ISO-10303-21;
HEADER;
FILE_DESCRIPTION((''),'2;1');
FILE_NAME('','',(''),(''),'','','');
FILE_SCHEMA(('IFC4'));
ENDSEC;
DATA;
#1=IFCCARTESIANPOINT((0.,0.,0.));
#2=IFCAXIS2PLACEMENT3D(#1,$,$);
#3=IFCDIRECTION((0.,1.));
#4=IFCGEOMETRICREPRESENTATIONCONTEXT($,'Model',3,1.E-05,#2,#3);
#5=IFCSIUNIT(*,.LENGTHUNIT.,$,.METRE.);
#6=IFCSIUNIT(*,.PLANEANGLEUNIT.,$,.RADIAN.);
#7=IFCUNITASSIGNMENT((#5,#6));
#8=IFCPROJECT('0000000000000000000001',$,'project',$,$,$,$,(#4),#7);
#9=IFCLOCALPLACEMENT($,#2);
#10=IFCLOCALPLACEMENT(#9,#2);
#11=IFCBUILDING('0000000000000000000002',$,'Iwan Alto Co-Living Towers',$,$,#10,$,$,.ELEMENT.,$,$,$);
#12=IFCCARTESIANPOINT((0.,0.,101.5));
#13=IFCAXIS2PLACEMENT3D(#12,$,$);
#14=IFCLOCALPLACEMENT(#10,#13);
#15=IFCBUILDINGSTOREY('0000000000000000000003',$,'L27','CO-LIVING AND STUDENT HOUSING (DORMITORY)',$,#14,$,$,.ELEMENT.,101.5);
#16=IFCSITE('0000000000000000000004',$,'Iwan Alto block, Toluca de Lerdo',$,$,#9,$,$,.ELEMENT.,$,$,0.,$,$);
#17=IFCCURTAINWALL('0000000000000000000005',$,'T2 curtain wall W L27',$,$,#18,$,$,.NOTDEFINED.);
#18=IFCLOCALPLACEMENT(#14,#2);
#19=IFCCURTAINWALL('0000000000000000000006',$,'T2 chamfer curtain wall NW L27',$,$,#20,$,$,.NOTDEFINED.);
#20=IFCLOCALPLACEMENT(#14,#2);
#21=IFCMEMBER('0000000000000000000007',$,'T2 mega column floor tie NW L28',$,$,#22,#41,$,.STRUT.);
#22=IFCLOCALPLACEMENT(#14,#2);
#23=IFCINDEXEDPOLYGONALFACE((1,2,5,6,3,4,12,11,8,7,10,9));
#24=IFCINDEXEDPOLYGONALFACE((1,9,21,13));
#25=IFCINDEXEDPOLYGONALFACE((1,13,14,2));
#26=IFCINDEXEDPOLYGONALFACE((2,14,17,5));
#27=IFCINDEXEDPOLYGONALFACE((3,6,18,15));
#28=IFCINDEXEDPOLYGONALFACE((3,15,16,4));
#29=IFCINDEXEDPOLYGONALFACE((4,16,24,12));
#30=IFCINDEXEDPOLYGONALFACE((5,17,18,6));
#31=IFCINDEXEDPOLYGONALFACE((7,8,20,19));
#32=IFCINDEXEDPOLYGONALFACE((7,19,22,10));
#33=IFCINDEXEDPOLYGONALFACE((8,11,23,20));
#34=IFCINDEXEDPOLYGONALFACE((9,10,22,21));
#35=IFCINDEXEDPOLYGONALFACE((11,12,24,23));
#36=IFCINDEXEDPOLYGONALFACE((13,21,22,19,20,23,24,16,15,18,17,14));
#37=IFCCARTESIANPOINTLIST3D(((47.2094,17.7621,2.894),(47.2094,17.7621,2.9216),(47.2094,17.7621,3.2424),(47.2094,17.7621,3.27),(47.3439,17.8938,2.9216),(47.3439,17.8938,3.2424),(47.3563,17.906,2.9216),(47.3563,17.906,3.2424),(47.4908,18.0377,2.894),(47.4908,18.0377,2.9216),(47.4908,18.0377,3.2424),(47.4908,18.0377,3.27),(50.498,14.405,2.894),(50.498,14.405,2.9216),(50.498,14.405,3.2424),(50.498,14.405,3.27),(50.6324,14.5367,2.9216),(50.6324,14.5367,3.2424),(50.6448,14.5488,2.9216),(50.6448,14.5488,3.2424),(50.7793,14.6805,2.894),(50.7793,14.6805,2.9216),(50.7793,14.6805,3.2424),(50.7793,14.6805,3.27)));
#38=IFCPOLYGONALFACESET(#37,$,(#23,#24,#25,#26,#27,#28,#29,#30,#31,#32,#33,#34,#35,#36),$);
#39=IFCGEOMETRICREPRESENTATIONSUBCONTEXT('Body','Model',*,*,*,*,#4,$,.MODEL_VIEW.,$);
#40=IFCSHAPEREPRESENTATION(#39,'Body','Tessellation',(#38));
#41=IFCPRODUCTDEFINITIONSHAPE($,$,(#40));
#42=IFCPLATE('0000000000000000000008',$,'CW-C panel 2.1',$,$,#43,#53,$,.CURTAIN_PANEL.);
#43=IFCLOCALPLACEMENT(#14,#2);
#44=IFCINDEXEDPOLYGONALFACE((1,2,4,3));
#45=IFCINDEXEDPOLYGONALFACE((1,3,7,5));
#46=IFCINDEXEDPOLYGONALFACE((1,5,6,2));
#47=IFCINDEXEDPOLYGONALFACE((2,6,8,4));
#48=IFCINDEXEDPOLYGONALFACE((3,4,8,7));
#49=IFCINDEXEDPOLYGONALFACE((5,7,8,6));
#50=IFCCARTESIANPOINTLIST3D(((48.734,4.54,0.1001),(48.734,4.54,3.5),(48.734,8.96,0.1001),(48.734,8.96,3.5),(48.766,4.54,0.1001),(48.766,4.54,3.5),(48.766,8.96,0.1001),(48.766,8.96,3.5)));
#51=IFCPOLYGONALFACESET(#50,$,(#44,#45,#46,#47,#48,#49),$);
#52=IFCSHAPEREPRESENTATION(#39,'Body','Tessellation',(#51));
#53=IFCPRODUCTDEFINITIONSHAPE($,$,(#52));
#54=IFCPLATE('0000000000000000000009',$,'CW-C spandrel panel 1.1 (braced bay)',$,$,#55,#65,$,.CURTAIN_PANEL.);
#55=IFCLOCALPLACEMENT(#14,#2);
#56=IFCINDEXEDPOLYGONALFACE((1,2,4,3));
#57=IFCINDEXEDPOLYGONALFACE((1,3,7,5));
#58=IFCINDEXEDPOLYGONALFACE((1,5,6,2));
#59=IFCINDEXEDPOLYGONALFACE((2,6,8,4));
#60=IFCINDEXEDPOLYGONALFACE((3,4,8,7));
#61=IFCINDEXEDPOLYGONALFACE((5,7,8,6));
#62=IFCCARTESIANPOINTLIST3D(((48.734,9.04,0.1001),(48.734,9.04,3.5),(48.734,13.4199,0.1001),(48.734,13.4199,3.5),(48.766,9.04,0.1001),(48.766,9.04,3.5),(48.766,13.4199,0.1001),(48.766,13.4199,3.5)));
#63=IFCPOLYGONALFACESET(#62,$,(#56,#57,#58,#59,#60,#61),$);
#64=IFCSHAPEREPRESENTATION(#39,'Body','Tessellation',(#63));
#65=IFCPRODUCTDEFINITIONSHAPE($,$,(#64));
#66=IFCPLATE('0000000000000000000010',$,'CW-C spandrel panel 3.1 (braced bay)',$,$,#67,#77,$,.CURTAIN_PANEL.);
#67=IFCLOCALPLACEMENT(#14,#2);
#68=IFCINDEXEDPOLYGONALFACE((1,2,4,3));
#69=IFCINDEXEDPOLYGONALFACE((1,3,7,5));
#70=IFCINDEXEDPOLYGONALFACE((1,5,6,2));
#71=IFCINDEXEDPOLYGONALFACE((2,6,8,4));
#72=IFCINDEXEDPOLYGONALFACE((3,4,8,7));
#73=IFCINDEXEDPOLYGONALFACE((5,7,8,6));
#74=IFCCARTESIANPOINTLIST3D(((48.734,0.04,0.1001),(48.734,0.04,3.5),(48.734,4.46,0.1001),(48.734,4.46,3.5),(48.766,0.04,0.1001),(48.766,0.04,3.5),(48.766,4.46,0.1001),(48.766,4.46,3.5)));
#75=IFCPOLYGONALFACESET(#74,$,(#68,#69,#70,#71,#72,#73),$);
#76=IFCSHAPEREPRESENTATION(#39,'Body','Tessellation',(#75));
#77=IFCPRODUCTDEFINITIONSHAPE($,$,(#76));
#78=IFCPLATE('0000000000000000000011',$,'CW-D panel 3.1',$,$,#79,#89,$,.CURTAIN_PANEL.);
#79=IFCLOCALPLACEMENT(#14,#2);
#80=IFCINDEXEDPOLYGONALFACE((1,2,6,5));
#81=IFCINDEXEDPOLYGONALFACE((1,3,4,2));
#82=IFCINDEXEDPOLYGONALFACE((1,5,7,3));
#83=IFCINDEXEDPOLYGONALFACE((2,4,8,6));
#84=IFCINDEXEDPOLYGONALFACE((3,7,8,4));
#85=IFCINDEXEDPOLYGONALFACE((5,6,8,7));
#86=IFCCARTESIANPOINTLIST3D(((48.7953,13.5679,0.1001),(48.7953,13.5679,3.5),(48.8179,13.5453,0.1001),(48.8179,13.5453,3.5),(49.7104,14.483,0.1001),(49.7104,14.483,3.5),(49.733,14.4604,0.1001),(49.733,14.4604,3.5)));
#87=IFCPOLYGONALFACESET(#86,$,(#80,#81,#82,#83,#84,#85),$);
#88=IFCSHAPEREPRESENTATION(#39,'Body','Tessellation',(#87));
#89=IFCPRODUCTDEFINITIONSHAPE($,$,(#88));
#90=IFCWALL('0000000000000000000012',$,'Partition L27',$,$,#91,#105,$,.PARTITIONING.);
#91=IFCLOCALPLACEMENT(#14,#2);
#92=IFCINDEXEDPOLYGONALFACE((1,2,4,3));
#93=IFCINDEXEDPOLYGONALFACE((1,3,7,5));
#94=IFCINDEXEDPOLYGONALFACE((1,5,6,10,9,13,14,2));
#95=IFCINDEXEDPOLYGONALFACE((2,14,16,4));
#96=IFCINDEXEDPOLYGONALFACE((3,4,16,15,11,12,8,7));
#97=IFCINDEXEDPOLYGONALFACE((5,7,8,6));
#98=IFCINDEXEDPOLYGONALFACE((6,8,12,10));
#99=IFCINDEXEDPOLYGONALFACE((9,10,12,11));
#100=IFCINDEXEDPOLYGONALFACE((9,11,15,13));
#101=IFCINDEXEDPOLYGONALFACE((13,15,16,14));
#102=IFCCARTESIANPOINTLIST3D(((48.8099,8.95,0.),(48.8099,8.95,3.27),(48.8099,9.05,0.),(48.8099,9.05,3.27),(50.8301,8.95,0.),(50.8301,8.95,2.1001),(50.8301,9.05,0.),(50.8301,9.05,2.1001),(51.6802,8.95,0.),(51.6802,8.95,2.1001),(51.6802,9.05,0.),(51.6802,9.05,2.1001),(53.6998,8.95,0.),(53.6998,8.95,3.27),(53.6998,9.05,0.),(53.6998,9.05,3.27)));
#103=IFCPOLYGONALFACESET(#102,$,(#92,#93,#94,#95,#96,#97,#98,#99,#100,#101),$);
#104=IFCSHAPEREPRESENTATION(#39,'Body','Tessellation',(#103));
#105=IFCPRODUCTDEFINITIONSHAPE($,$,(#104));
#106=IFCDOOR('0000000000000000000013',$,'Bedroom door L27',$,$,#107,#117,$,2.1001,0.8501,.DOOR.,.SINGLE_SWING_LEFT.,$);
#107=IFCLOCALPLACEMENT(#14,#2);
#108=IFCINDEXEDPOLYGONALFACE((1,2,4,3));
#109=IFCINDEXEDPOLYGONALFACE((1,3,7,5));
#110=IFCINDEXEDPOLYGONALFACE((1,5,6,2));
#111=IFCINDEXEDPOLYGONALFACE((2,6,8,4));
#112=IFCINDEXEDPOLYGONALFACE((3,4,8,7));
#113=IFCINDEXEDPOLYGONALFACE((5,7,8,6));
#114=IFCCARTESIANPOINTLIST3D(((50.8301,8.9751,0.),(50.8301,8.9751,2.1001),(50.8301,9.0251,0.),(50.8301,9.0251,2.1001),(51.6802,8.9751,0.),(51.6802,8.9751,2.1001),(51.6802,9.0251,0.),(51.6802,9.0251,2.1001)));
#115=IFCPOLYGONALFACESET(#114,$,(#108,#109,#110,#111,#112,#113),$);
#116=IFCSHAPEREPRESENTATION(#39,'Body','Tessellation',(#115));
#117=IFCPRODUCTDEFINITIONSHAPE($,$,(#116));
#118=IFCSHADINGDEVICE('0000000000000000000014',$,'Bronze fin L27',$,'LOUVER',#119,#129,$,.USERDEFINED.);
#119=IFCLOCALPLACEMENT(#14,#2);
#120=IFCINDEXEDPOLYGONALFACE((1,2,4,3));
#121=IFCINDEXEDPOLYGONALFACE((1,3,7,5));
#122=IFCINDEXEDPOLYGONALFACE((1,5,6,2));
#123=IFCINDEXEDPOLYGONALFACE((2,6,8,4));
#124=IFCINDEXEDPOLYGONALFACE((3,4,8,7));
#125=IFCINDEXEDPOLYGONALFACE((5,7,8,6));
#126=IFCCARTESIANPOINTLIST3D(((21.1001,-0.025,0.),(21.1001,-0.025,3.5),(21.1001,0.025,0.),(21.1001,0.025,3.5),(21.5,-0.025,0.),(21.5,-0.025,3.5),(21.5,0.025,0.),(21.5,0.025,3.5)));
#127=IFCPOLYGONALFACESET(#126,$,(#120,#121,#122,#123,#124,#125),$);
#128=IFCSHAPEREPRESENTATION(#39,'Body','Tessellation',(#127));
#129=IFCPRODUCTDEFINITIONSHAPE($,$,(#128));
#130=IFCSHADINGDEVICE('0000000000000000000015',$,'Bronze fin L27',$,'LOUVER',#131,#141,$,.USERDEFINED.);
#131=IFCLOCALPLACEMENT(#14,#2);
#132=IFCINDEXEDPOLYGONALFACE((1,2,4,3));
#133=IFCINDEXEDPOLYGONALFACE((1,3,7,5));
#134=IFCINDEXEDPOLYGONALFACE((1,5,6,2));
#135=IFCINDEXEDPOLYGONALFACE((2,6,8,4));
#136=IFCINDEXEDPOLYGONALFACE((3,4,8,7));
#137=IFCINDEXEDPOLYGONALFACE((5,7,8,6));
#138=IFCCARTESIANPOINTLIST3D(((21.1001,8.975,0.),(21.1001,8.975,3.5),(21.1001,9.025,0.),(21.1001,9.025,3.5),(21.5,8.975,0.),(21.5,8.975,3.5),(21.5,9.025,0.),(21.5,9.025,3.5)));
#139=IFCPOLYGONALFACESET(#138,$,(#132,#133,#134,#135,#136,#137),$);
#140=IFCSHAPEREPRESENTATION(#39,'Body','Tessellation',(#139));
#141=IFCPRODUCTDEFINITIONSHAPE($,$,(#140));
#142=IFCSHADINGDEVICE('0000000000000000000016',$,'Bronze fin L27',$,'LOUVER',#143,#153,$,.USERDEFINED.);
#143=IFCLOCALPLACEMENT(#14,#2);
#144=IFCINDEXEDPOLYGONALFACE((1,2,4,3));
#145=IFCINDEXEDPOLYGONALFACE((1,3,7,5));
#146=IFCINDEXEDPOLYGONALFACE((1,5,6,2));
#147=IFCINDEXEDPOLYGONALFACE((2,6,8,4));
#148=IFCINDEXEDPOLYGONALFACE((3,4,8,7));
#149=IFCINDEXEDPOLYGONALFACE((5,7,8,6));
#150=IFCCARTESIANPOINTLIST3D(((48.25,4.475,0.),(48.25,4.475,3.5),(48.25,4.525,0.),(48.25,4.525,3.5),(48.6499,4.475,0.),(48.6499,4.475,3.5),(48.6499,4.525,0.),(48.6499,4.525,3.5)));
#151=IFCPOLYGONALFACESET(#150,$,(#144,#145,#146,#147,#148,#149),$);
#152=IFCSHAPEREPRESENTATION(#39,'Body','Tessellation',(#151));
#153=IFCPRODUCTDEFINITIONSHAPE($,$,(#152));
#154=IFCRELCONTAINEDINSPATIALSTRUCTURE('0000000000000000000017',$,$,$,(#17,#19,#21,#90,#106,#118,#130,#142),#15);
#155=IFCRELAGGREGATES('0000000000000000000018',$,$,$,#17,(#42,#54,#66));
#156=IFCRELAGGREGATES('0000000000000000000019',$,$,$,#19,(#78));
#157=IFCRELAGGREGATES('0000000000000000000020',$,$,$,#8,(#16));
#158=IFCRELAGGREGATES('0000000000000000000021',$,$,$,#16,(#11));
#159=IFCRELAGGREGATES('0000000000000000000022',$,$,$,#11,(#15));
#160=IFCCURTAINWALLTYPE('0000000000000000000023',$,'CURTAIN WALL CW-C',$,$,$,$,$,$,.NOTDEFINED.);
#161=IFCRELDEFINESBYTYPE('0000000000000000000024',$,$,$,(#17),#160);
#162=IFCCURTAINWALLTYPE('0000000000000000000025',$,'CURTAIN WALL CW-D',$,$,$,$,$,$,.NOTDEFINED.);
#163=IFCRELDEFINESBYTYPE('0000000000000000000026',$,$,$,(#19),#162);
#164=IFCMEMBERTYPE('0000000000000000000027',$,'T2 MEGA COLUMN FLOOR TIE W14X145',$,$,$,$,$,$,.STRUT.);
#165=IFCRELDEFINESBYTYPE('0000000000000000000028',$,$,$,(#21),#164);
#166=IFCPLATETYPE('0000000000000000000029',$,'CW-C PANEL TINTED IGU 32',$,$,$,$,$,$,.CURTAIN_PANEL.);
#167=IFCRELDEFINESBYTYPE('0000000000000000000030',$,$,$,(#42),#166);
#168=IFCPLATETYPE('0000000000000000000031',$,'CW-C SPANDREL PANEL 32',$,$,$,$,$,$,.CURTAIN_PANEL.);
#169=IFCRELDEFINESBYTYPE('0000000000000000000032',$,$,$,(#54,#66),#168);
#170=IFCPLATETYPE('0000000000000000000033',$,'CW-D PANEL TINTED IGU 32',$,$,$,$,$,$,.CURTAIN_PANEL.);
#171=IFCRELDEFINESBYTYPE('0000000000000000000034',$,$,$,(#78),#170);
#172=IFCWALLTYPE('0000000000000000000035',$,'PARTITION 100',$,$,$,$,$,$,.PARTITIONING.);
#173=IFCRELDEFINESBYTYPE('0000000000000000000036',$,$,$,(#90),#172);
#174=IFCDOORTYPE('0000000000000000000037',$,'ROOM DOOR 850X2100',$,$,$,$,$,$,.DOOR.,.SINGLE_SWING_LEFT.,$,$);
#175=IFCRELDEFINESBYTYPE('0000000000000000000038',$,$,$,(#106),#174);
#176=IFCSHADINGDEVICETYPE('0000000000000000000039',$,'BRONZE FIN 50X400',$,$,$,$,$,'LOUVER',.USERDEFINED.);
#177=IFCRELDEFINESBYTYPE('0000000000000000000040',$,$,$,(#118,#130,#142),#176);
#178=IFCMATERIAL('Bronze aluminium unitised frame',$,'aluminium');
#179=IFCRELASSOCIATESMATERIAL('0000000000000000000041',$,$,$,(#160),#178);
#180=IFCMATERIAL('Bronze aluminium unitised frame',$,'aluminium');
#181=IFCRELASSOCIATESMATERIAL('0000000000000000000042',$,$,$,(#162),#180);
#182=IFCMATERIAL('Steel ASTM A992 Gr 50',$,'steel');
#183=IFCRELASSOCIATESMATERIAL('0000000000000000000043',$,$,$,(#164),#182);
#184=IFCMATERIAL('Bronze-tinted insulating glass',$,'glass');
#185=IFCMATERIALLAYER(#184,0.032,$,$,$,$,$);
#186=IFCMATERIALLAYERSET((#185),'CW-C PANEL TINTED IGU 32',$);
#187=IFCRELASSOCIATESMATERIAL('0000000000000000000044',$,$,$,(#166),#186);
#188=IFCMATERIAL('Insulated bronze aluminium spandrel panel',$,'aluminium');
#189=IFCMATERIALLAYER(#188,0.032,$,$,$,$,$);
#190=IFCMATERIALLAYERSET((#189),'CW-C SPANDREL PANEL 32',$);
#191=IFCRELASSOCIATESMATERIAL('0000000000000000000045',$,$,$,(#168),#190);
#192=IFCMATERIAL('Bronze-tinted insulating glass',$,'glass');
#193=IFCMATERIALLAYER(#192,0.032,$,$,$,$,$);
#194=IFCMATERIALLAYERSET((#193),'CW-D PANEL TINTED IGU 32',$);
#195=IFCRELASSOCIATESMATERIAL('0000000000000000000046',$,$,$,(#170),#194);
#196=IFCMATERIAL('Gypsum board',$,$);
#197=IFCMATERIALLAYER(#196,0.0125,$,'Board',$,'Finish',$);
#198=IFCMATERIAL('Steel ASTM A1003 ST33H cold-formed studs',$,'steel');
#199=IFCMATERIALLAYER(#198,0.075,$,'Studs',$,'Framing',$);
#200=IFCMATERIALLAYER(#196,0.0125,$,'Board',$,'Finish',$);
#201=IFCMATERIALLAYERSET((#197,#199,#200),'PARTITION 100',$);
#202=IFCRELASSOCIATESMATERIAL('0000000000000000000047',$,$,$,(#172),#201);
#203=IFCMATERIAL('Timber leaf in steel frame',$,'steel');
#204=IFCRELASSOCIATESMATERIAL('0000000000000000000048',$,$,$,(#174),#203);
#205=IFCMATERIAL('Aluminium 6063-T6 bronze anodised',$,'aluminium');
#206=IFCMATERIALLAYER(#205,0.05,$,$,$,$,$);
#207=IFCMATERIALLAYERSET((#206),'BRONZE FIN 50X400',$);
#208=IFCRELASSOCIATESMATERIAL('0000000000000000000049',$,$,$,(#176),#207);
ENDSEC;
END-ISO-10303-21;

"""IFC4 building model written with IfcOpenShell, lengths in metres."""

from ifc_helpers import new_model, si_unit, direction, frame, frame_2d, origin, origin_2d, place, context, subcontext, project, spatial, rectangle, i_section, extrude, material, layer, layer_set, material_profile, profile_set, type_object, element, fill, aggregate, save


model = new_model("IFC4")

# Units and contexts
model_context = context("Model", 3, precision=1e-05, world=origin(), true_north=direction((0.0, 1.0)))
body_context = subcontext(model_context, "Body", "Model", "MODEL_VIEW")
ifc_project = project(units=[si_unit("LENGTHUNIT", "METRE"), si_unit("PLANEANGLEUNIT", "RADIAN")], contexts=[model_context])

# Site, building, storey
site_placement = place(None, origin())
site = spatial("IfcSite", under=ifc_project, at=site_placement, Name="Iwan Alto block, Toluca de Lerdo", CompositionType="ELEMENT", RefElevation=0.0)
building_placement = place(site_placement, origin())
building = spatial("IfcBuilding", under=site, at=building_placement, Name="Iwan Alto Co-Living Towers", CompositionType="ELEMENT")
storey_placement = place(building_placement, frame((0.0, 0.0, 101.5)))
storey = spatial("IfcBuildingStorey", under=building, at=storey_placement, Name="L27", Description="CO-LIVING AND STUDENT HOUSING (DORMITORY)", CompositionType="ELEMENT", Elevation=101.5)

# Curtain wall
ifc_material_1 = material(Name="Bronze aluminium unitised frame", Category="aluminium")
curtain_wall_type_1 = type_object("IfcCurtainWallType", Name="CURTAIN WALL CW-C", PredefinedType="NOTDEFINED", material=ifc_material_1)
curtain_wall_1_placement = place(storey_placement, origin())
curtain_wall_1 = element("IfcCurtainWall", 1, at=curtain_wall_1_placement, inside=storey, type_object=curtain_wall_type_1, Name="T2 curtain wall W L27", PredefinedType="NOTDEFINED")

# Curtain wall
ifc_material_2 = material(Name="Bronze aluminium unitised frame", Category="aluminium")
curtain_wall_type_2 = type_object("IfcCurtainWallType", Name="CURTAIN WALL CW-D", PredefinedType="NOTDEFINED", material=ifc_material_2)
curtain_wall_2_placement = place(storey_placement, origin())
curtain_wall_2 = element("IfcCurtainWall", 2, at=curtain_wall_2_placement, inside=storey, type_object=curtain_wall_type_2, Name="T2 chamfer curtain wall NW L27", PredefinedType="NOTDEFINED")

# Member
ifc_material_3 = material(Name="Steel ASTM A992 Gr 50", Category="steel")
ifc_material_profile_1 = material_profile(ifc_material_3, i_section(OverallWidth=0.3938, OverallDepth=0.376, WebThickness=0.0173, FlangeThickness=0.0276, at=origin_2d()), Name="W14X145")
ifc_profile_set_1 = profile_set([ifc_material_profile_1], Name="Steel ASTM A992 Gr 50")
member_type_1 = type_object("IfcMemberType", Name="T2 MEGA COLUMN FLOOR TIE W14X145", PredefinedType="STRUT", material=ifc_profile_set_1)
member_1_placement = place(storey_placement, frame((47.3501, 17.8999, 3.082), z_axis=(0.69977, -0.714368, 0.0), x_axis=(0.714368, 0.69977, 0.0)))
element("IfcMember", 3, at=member_1_placement, inside=storey, type_object=member_type_1, Name="T2 mega column floor tie NW L28", PredefinedType="STRUT", context=body_context, shape_type="SweptSolid", body=[
    extrude(i_section(OverallWidth=0.3938, OverallDepth=0.376, WebThickness=0.0173, FlangeThickness=0.0276, at=origin_2d()), origin(), (0.0, 0.0, 1.0), 4.6995),
])

# Plates
ifc_material_4 = material(Name="Bronze-tinted insulating glass", Category="glass")
ifc_layer_1 = layer(ifc_material_4, 0.032)
ifc_layer_set_1 = layer_set([ifc_layer_1], Name="CW-C PANEL TINTED IGU 32")
plate_type_1 = type_object("IfcPlateType", Name="CW-C PANEL TINTED IGU 32", PredefinedType="CURTAIN_PANEL", material=ifc_layer_set_1)
plate_1_placement = place(storey_placement, frame((48.75, 6.75, 0.1001), z_axis=(0.0, 0.0, 1.0), x_axis=(0.0, -1.0, 0.0)))
plate_1 = element("IfcPlate", 4, at=plate_1_placement, type_object=plate_type_1, Name="CW-C panel 2.1", PredefinedType="CURTAIN_PANEL", context=body_context, shape_type="SweptSolid", body=[
    extrude(rectangle(XDim=4.4199, YDim=0.032, at=origin_2d()), origin(), (0.0, 0.0, 1.0), 3.3999),
])
ifc_material_5 = material(Name="Insulated bronze aluminium spandrel panel", Category="aluminium")
ifc_layer_2 = layer(ifc_material_5, 0.032)
ifc_layer_set_2 = layer_set([ifc_layer_2], Name="CW-C SPANDREL PANEL 32")
plate_type_2 = type_object("IfcPlateType", Name="CW-C SPANDREL PANEL 32", PredefinedType="CURTAIN_PANEL", material=ifc_layer_set_2)
plate_2_placement = place(storey_placement, frame((48.75, 11.23, 0.1001), z_axis=(0.0, 0.0, 1.0), x_axis=(0.0, -1.0, 0.0)))
plate_2 = element("IfcPlate", 5, at=plate_2_placement, type_object=plate_type_2, Name="CW-C spandrel panel 1.1 (braced bay)", PredefinedType="CURTAIN_PANEL", context=body_context, shape_type="SweptSolid", body=[
    extrude(rectangle(XDim=4.3799, YDim=0.032, at=origin_2d()), origin(), (0.0, 0.0, 1.0), 3.3999),
])
plate_3_placement = place(storey_placement, frame((48.75, 2.25, 0.1001), z_axis=(0.0, 0.0, 1.0), x_axis=(0.0, -1.0, 0.0)))
plate_3 = element("IfcPlate", 6, at=plate_3_placement, type_object=plate_type_2, Name="CW-C spandrel panel 3.1 (braced bay)", PredefinedType="CURTAIN_PANEL", context=body_context, shape_type="SweptSolid", body=[
    extrude(rectangle(XDim=4.4199, YDim=0.032, at=origin_2d()), origin(), (0.0, 0.0, 1.0), 3.3999),
])
aggregate(curtain_wall_1, [plate_1, plate_2, plate_3])
ifc_material_6 = material(Name="Bronze-tinted insulating glass", Category="glass")
ifc_layer_3 = layer(ifc_material_6, 0.032)
ifc_layer_set_3 = layer_set([ifc_layer_3], Name="CW-D PANEL TINTED IGU 32")
plate_type_3 = type_object("IfcPlateType", Name="CW-D PANEL TINTED IGU 32", PredefinedType="CURTAIN_PANEL", material=ifc_layer_set_3)
plate_4_placement = place(storey_placement, frame((49.2642, 14.0142, 0.1001), z_axis=(0.0, 0.0, 1.0), x_axis=(-0.707107, -0.707107, 0.0)))
plate_4 = element("IfcPlate", 7, at=plate_4_placement, type_object=plate_type_3, Name="CW-D panel 3.1", PredefinedType="CURTAIN_PANEL", context=body_context, shape_type="SweptSolid", body=[
    extrude(rectangle(XDim=1.2942, YDim=0.032, at=origin_2d()), origin(), (0.0, 0.0, 1.0), 3.3999),
])
aggregate(curtain_wall_2, [plate_4])

# Wall, opening, door
ifc_material_7 = material(Name="Gypsum board")
ifc_layer_4 = layer(ifc_material_7, 0.0125, Name="Board", Category="Finish")
ifc_material_8 = material(Name="Steel ASTM A1003 ST33H cold-formed studs", Category="steel")
ifc_layer_5 = layer(ifc_material_8, 0.075, Name="Studs", Category="Framing")
ifc_layer_6 = layer(ifc_material_7, 0.0125, Name="Board", Category="Finish")
ifc_layer_set_4 = layer_set([ifc_layer_4, ifc_layer_5, ifc_layer_6], Name="PARTITION 100")
wall_type = type_object("IfcWallType", Name="PARTITION 100", PredefinedType="PARTITIONING", material=ifc_layer_set_4)
wall_placement = place(storey_placement, frame((48.8101, 9.0, 0.0), z_axis=(0.0, 0.0, 1.0), x_axis=(1.0, 0.0, 0.0)))
wall = element("IfcWall", 8, at=wall_placement, inside=storey, type_object=wall_type, Name="Partition L27", PredefinedType="PARTITIONING", context=body_context, shape_type="SweptSolid", body=[
    extrude(rectangle(XDim=4.8899, YDim=0.1001, at=frame_2d((2.4448, 0.0))), origin(), (0.0, 0.0, 1.0), 3.27),
])
opening_placement = place(wall_placement, frame((2.02, 0.0, 0.0)))
opening = element("IfcOpeningElement", 9, at=opening_placement, cuts=wall, PredefinedType="OPENING", context=body_context, shape_type="SweptSolid", body=[
    extrude(rectangle(XDim=0.8501, YDim=2.1001, at=frame_2d((0.425, 1.05))), frame((0.0, 0.0601, 0.0), z_axis=(0.0, -1.0, 0.0), x_axis=(1.0, 0.0, 0.0)), (0.0, 0.0, 1.0), 0.1201),
])
ifc_material_9 = material(Name="Timber leaf in steel frame", Category="steel")
door_type = type_object("IfcDoorType", Name="ROOM DOOR 850X2100", OperationType="SINGLE_SWING_LEFT", PredefinedType="DOOR", material=ifc_material_9)
door_placement = place(opening_placement, frame((0.8501, 0.0, 0.0), z_axis=(0.0, 0.0, 1.0), x_axis=(-1.0, 0.0, 0.0)))
door = element("IfcDoor", 10, at=door_placement, inside=storey, type_object=door_type, Name="Bedroom door L27", OperationType="SINGLE_SWING_LEFT", OverallHeight=2.1001, OverallWidth=0.8501, PredefinedType="DOOR", context=body_context, shape_type="SweptSolid", body=[
    extrude(rectangle(XDim=0.8501, YDim=2.1001, at=frame_2d((0.425, 1.05))), frame((0.0, 0.0249, 0.0), z_axis=(0.0, -1.0, 0.0), x_axis=(1.0, 0.0, 0.0)), (0.0, 0.0, 1.0), 0.05),
])
fill(opening, door)

# Shading devices
ifc_material_10 = material(Name="Aluminium 6063-T6 bronze anodised", Category="aluminium")
ifc_layer_7 = layer(ifc_material_10, 0.05)
ifc_layer_set_5 = layer_set([ifc_layer_7], Name="BRONZE FIN 50X400")
shading_device_type = type_object("IfcShadingDeviceType", Name="BRONZE FIN 50X400", ElementType="LOUVER", PredefinedType="USERDEFINED", material=ifc_layer_set_5)
for number, where, z_axis, x_axis, name in (
    (11, (21.3, 0.0, 0.0), (0.0, 0.0, 1.0), (0.0, 1.0, 0.0), "Bronze fin L27"),
    (12, (21.3, 9.0, 0.0), (0.0, 0.0, 1.0), (0.0, 1.0, 0.0), "Bronze fin L27"),
    (13, (48.45, 4.5, 0.0), (0.0, 0.0, 1.0), (0.0, -1.0, 0.0), "Bronze fin L27"),
):
    element("IfcShadingDevice", number, at=place(storey_placement, frame(where, z_axis=z_axis, x_axis=x_axis)), inside=storey, type_object=shading_device_type, Name=name, ObjectType="LOUVER", PredefinedType="USERDEFINED", context=body_context, shape_type="SweptSolid", body=[
        extrude(rectangle(XDim=0.05, YDim=0.3999, at=origin_2d()), origin(), (0.0, 0.0, 1.0), 3.5),
    ])

save(model, "model.ifc")
